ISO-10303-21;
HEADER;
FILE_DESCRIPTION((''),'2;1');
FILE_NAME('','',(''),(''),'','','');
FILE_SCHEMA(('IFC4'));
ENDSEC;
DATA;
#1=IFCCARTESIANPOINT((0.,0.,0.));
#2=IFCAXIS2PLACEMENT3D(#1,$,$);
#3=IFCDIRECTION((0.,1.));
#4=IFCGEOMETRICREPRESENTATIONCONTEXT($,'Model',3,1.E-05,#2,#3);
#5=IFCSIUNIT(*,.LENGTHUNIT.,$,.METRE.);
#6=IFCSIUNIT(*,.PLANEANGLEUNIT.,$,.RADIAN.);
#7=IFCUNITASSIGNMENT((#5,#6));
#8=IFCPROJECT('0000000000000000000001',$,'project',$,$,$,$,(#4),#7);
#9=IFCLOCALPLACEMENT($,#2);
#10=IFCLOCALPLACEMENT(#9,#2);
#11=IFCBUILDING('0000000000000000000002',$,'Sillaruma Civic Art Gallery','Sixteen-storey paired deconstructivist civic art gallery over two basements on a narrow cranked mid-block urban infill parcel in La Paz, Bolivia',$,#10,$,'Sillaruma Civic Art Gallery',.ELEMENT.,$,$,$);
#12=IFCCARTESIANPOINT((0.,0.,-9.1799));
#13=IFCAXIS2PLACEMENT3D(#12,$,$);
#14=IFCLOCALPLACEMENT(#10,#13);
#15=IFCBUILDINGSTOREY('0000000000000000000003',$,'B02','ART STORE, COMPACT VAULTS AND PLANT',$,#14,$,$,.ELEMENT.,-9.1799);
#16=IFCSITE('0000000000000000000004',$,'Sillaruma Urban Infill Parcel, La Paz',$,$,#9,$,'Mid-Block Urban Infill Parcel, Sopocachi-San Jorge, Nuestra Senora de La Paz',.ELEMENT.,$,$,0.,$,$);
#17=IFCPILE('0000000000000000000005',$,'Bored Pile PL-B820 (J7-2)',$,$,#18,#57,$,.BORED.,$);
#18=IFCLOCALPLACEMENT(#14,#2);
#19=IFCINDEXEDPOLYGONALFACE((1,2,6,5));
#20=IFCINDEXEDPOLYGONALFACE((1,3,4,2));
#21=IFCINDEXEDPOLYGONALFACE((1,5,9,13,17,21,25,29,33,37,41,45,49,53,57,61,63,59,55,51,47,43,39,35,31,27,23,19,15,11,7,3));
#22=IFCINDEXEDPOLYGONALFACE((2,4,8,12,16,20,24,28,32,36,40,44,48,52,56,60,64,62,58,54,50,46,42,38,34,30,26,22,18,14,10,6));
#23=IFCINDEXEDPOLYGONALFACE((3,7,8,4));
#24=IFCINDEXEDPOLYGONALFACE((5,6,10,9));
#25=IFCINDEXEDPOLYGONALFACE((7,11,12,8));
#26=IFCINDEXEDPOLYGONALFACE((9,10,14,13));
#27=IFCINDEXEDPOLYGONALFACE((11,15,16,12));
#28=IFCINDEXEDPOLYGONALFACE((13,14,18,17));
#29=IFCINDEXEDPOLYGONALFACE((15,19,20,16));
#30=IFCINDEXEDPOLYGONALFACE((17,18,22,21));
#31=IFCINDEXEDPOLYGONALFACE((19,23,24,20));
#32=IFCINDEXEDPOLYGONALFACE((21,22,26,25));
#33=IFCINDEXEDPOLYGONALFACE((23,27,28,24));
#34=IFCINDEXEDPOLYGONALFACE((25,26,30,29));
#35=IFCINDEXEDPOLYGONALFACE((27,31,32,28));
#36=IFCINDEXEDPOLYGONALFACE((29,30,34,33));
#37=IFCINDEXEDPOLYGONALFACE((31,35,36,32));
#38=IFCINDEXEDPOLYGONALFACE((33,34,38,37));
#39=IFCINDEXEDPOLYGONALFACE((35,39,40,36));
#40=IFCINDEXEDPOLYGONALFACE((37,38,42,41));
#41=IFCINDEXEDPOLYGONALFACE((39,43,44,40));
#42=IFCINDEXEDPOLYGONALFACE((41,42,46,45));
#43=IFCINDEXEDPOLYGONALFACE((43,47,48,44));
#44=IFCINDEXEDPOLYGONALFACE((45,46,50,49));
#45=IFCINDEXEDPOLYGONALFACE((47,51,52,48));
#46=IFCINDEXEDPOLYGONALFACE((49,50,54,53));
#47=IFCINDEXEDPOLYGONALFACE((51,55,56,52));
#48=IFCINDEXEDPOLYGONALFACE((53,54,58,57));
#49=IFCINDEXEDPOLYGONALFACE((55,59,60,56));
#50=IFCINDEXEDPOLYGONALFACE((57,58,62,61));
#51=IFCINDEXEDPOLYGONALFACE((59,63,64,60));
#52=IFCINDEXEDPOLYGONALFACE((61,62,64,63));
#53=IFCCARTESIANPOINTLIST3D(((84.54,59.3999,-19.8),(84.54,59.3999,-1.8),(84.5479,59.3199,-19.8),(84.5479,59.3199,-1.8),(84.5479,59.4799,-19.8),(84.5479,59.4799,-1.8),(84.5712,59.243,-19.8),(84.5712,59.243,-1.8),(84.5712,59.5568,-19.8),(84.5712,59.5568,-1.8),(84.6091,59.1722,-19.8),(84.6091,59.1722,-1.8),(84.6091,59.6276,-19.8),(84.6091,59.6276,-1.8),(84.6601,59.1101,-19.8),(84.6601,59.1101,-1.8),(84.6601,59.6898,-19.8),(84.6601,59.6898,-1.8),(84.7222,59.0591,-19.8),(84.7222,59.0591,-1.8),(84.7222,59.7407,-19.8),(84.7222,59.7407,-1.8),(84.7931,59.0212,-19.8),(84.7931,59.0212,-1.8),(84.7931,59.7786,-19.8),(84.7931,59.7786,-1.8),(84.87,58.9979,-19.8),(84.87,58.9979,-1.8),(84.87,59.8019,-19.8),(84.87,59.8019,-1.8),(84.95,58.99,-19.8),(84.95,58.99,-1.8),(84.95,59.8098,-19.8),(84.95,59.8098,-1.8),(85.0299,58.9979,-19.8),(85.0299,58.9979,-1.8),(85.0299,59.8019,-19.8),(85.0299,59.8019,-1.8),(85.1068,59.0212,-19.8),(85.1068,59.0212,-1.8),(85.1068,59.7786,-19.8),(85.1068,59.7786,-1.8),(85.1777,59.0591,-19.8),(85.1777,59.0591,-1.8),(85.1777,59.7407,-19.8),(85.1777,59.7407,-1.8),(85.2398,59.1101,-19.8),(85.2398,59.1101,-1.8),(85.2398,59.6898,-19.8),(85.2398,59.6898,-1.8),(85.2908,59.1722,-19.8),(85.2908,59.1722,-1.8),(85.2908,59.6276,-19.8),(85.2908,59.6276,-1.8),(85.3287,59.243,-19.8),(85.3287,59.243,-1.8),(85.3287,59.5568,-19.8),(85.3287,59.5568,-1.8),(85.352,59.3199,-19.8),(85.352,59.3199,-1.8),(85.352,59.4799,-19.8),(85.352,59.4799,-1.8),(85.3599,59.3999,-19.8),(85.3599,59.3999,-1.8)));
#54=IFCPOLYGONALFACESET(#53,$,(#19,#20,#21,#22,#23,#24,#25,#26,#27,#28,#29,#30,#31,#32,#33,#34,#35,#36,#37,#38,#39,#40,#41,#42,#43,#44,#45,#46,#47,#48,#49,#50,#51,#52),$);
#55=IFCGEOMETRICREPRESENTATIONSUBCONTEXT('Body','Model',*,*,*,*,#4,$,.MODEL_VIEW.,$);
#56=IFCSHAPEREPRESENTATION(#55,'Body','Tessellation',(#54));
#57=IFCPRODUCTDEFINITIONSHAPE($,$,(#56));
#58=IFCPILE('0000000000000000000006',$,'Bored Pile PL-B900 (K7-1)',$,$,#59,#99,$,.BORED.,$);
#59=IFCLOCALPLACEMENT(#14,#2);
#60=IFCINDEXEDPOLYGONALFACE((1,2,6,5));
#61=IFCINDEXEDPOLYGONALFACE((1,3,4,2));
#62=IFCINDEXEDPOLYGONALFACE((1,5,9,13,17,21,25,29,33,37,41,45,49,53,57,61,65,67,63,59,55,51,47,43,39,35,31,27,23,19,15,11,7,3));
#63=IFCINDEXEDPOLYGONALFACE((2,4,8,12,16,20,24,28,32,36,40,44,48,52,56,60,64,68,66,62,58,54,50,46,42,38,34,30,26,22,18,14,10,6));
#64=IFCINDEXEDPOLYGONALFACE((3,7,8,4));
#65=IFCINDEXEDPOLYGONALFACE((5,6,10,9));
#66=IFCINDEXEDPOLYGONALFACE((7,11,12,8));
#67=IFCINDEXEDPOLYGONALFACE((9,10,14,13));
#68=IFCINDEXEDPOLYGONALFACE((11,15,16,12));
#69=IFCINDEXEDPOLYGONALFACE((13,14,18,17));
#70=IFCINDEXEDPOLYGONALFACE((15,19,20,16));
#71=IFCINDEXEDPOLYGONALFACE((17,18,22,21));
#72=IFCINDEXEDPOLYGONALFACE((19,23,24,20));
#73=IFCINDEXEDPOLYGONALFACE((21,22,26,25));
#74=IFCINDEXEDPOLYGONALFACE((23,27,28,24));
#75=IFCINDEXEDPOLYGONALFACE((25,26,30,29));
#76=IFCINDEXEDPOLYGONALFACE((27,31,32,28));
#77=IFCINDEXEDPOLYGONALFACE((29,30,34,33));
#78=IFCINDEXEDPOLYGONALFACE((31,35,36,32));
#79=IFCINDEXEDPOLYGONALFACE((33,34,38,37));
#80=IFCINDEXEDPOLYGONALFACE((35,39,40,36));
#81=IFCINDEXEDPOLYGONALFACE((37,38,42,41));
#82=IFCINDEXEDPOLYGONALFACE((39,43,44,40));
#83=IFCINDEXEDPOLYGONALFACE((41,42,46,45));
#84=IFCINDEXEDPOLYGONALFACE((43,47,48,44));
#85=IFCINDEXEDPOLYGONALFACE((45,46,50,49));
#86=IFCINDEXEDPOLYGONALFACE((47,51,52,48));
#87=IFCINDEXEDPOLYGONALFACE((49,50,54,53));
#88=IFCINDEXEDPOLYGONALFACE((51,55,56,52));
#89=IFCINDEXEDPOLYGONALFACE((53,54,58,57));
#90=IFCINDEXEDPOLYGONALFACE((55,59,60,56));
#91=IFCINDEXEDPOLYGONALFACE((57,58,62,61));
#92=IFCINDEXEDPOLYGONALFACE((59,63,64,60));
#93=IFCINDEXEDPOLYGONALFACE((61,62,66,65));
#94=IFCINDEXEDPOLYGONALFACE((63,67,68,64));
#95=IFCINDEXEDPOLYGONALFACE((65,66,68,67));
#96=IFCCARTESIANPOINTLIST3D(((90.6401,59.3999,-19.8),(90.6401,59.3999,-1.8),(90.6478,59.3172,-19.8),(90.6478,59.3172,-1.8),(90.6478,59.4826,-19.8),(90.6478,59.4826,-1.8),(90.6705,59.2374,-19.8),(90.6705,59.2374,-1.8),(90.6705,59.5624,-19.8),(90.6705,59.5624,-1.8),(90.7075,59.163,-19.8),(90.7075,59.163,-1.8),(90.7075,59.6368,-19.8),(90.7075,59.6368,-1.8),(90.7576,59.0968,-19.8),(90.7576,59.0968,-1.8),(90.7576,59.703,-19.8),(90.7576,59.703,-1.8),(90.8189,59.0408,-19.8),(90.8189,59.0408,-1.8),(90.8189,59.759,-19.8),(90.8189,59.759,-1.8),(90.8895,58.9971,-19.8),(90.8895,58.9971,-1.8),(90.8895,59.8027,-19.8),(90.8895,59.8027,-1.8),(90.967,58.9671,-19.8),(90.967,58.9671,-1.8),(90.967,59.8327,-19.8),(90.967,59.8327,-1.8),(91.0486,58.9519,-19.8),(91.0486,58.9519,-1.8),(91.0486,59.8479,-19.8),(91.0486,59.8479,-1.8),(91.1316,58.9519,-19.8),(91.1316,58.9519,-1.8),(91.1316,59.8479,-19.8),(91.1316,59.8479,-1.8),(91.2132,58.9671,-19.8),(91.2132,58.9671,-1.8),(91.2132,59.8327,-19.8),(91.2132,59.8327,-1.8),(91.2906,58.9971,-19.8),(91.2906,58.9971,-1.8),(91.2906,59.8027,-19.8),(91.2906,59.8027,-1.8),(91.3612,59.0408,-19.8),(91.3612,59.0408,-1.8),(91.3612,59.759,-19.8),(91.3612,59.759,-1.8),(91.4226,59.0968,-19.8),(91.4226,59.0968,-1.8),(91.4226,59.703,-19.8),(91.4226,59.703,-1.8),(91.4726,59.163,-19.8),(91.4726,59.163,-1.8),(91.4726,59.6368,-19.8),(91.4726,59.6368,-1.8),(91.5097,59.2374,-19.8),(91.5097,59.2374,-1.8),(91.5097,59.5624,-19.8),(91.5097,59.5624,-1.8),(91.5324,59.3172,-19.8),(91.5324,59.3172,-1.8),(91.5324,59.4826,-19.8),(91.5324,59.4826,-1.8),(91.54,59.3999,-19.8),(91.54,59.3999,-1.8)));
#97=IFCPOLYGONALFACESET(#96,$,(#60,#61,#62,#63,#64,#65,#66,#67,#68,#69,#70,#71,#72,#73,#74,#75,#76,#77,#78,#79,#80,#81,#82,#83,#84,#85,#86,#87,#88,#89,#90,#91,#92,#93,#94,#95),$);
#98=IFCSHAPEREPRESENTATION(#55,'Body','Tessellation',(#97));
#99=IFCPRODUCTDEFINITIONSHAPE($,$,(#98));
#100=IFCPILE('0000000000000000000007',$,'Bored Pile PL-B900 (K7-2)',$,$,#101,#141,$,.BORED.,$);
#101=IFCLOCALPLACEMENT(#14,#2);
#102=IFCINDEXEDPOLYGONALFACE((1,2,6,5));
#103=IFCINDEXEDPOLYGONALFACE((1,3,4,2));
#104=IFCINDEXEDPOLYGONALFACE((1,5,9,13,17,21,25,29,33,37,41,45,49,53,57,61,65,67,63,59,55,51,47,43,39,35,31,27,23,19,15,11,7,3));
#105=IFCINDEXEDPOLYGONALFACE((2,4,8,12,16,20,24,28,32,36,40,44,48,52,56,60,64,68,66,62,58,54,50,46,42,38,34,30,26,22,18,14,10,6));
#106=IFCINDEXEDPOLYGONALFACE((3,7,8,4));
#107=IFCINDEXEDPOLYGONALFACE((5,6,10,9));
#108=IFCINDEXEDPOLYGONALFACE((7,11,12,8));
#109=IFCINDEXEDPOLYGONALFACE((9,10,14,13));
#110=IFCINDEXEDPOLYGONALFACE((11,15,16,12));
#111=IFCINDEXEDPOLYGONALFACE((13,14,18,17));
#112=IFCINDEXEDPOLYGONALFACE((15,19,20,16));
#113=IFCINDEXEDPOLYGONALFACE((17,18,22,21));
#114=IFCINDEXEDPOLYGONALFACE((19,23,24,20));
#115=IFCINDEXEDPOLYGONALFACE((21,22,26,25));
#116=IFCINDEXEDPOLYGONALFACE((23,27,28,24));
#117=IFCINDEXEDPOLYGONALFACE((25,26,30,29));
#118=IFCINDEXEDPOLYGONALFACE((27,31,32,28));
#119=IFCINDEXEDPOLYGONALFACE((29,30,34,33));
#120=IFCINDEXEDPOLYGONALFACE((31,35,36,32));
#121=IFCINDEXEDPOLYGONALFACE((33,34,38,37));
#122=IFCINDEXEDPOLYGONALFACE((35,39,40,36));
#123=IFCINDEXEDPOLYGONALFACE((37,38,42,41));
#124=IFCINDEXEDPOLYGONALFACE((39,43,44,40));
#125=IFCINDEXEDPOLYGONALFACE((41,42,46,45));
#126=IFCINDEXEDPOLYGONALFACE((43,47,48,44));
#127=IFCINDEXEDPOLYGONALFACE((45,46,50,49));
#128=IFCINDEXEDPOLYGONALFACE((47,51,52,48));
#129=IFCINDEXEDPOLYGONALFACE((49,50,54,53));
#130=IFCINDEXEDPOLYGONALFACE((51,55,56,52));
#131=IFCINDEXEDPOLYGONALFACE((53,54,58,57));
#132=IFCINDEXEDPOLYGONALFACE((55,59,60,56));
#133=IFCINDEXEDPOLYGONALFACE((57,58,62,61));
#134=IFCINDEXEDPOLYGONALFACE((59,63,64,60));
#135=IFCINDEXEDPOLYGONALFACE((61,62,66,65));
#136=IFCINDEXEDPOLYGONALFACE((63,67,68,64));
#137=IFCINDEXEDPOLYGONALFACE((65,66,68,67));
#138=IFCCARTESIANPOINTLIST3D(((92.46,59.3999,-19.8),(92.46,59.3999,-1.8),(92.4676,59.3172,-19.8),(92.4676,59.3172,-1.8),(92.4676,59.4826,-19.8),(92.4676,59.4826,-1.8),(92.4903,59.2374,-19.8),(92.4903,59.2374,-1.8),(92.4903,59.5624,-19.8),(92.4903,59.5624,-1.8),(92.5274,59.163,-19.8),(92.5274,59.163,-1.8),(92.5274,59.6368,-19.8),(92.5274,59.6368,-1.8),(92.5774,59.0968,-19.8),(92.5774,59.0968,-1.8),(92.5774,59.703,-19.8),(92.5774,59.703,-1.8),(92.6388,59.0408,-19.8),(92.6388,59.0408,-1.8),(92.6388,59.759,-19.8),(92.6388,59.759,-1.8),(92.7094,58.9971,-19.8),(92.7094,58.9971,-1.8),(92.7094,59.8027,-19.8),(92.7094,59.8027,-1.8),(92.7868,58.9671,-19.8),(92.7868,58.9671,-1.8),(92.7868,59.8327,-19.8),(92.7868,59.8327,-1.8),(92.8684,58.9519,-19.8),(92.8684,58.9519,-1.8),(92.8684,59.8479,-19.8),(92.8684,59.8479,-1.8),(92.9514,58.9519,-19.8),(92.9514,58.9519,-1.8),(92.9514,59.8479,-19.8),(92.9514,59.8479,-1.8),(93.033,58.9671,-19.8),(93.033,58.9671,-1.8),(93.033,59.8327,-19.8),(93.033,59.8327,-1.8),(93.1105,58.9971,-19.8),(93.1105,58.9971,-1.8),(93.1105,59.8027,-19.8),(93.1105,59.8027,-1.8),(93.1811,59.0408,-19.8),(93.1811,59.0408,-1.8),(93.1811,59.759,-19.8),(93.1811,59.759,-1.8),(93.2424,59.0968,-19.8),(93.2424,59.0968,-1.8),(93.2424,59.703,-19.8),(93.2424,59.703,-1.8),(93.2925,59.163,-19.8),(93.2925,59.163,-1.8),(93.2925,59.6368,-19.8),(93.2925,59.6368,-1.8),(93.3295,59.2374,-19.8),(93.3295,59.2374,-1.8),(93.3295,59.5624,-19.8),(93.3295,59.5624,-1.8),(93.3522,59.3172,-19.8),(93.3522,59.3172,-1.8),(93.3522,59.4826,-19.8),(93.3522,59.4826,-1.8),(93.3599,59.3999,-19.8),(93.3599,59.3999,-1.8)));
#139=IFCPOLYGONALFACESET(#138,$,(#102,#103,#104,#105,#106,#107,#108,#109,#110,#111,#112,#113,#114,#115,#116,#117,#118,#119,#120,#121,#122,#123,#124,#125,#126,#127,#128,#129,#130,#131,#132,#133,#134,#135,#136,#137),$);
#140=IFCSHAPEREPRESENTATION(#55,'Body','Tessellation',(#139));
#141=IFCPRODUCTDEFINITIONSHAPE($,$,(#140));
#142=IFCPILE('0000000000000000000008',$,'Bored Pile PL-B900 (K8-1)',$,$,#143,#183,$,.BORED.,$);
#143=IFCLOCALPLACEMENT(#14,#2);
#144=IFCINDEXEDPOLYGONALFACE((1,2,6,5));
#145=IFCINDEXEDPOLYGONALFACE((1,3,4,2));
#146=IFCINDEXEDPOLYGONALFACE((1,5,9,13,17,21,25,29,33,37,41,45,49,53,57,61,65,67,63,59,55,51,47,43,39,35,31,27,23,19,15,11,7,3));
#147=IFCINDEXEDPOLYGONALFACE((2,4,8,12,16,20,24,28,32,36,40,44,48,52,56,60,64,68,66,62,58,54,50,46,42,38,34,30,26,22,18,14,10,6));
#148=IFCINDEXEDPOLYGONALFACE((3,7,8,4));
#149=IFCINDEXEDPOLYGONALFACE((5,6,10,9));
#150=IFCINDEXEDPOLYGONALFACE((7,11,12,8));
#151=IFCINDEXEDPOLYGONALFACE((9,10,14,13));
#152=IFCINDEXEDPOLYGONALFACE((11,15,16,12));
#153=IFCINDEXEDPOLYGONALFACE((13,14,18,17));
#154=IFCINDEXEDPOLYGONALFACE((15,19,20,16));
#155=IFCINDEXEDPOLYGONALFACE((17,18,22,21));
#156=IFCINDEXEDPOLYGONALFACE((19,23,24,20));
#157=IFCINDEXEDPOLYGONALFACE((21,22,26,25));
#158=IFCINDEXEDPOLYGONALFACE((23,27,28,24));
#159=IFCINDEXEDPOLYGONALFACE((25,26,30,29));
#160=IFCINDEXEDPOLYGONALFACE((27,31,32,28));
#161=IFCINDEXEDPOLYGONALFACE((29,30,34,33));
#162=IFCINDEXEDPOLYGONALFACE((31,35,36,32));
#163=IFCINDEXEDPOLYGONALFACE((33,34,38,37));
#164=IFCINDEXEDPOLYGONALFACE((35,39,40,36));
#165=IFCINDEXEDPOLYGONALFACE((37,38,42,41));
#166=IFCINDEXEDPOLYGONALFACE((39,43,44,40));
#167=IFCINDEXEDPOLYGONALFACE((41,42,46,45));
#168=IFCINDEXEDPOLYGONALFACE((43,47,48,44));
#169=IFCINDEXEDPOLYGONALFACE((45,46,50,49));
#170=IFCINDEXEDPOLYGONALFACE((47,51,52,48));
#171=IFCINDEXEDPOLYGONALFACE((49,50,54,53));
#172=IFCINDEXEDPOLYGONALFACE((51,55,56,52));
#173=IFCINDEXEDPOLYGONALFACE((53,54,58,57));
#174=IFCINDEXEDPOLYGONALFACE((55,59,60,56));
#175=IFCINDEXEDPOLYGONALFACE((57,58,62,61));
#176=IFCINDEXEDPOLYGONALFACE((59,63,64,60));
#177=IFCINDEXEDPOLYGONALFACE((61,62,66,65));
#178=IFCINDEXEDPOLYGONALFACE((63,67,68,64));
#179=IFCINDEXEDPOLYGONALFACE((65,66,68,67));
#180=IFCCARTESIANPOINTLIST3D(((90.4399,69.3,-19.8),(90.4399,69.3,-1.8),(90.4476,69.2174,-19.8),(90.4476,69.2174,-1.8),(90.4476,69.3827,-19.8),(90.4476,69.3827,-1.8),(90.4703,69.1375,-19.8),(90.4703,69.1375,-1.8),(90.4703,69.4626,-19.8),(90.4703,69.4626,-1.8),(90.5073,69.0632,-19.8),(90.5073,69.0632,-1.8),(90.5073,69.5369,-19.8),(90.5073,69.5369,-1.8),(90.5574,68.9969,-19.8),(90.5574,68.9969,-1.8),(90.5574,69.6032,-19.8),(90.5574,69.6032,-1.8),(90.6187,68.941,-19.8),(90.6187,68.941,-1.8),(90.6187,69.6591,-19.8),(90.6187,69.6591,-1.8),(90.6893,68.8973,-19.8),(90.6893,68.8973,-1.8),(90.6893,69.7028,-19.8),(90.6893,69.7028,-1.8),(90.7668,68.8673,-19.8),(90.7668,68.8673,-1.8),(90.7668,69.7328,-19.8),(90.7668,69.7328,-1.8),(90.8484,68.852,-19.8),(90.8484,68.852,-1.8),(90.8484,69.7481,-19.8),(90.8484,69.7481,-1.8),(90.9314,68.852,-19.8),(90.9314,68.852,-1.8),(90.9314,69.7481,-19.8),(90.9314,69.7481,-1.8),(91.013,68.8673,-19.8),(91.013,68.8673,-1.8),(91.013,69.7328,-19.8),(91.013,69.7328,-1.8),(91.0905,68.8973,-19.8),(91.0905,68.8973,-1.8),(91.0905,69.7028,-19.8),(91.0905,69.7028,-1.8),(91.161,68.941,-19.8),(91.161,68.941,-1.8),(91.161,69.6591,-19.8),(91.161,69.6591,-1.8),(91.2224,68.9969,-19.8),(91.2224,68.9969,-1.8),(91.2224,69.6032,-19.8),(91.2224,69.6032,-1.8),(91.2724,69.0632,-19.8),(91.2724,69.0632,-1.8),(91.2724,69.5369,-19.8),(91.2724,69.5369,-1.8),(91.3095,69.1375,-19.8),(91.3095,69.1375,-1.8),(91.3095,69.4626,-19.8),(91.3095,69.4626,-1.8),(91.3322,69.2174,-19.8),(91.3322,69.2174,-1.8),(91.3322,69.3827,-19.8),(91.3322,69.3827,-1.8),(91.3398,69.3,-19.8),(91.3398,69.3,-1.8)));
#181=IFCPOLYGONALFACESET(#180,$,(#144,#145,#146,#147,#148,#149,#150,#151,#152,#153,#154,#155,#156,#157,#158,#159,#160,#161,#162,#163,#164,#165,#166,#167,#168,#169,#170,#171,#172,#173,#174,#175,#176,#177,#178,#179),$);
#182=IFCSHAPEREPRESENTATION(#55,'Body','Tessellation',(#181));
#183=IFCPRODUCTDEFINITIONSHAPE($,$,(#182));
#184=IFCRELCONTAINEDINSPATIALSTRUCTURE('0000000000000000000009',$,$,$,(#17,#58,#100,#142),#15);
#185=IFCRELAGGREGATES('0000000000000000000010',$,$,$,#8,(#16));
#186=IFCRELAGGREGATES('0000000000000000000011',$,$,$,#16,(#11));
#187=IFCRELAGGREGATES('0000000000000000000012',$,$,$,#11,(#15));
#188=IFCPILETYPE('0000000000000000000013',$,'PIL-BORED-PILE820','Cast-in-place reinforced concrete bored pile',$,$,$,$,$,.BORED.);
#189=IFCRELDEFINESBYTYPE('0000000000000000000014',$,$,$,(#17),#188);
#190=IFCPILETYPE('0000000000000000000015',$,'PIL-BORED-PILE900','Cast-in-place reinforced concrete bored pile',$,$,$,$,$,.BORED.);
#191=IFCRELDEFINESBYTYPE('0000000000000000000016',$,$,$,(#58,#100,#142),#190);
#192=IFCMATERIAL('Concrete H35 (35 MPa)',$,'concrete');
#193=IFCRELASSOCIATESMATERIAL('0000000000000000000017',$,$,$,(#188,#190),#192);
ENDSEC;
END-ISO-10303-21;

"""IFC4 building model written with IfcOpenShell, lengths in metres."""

from ifc_helpers import new_model, si_unit, direction, frame, origin, origin_2d, place, context, subcontext, project, spatial, circle, extrude, material, material_profile, profile_set, type_object, element, save


model = new_model("IFC4")

# Units and contexts
model_context = context("Model", 3, precision=1e-05, world=origin(), true_north=direction((0.0, 1.0)))
body_context = subcontext(model_context, "Body", "Model", "MODEL_VIEW")
ifc_project = project(units=[si_unit("LENGTHUNIT", "METRE"), si_unit("PLANEANGLEUNIT", "RADIAN")], contexts=[model_context])

# Site, building, storey
site_placement = place(None, origin())
site = spatial("IfcSite", under=ifc_project, at=site_placement, Name="Sillaruma Urban Infill Parcel, La Paz", LongName="Mid-Block Urban Infill Parcel, Sopocachi-San Jorge, Nuestra Senora de La Paz", CompositionType="ELEMENT", RefElevation=0.0)
building_placement = place(site_placement, origin())
building = spatial("IfcBuilding", under=site, at=building_placement, Name="Sillaruma Civic Art Gallery", Description="Sixteen-storey paired deconstructivist civic art gallery over two basements on a narrow cranked mid-block urban infill parcel in La Paz, Bolivia", LongName="Sillaruma Civic Art Gallery", CompositionType="ELEMENT")
storey_placement = place(building_placement, frame((0.0, 0.0, -9.1799)))
storey = spatial("IfcBuildingStorey", under=building, at=storey_placement, Name="B02", Description="ART STORE, COMPACT VAULTS AND PLANT", CompositionType="ELEMENT", Elevation=-9.1799)

# Shared definitions
ifc_material_1 = material(Name="Concrete H35 (35 MPa)", Category="concrete")

# Piles
ifc_material_profile_1 = material_profile(ifc_material_1, circle(Radius=0.4099, at=origin_2d()), Name="PILE820")
ifc_profile_set_1 = profile_set([ifc_material_profile_1], Name="Concrete H35 (35 MPa)")
pile_type_1 = type_object("IfcPileType", Name="PIL-BORED-PILE820", Description="Cast-in-place reinforced concrete bored pile", PredefinedType="BORED", material=ifc_profile_set_1)
pile_1_placement = place(storey_placement, frame((84.95, 59.3999, -1.8), z_axis=(0.0, 0.0, -1.0), x_axis=(1.0, 0.0, 0.0)))
element("IfcPile", 1, at=pile_1_placement, inside=storey, type_object=pile_type_1, Name="Bored Pile PL-B820 (J7-2)", PredefinedType="BORED", context=body_context, shape_type="SweptSolid", body=[
    extrude(circle(Radius=0.4099, at=origin_2d()), origin(), (0.0, 0.0, 1.0), 18.0),
])
ifc_material_profile_2 = material_profile(ifc_material_1, circle(Radius=0.45, at=origin_2d()), Name="PILE900")
ifc_profile_set_2 = profile_set([ifc_material_profile_2], Name="Concrete H35 (35 MPa)")
pile_type_2 = type_object("IfcPileType", Name="PIL-BORED-PILE900", Description="Cast-in-place reinforced concrete bored pile", PredefinedType="BORED", material=ifc_profile_set_2)
for number, where, z_axis, x_axis, name in (
    (2, (91.0901, 59.3999, -1.8), (0.0, 0.0, -1.0), (1.0, 0.0, 0.0), "Bored Pile PL-B900 (K7-1)"),
    (3, (92.9099, 59.3999, -1.8), (0.0, 0.0, -1.0), (1.0, 0.0, 0.0), "Bored Pile PL-B900 (K7-2)"),
    (4, (90.8899, 69.3, -1.8), (0.0, 0.0, -1.0), (1.0, 0.0, 0.0), "Bored Pile PL-B900 (K8-1)"),
):
    element("IfcPile", number, at=place(storey_placement, frame(where, z_axis=z_axis, x_axis=x_axis)), inside=storey, type_object=pile_type_2, Name=name, PredefinedType="BORED", context=body_context, shape_type="SweptSolid", body=[
        extrude(circle(Radius=0.45, at=origin_2d()), origin(), (0.0, 0.0, 1.0), 18.0),
    ])

save(model, "model.ifc")
